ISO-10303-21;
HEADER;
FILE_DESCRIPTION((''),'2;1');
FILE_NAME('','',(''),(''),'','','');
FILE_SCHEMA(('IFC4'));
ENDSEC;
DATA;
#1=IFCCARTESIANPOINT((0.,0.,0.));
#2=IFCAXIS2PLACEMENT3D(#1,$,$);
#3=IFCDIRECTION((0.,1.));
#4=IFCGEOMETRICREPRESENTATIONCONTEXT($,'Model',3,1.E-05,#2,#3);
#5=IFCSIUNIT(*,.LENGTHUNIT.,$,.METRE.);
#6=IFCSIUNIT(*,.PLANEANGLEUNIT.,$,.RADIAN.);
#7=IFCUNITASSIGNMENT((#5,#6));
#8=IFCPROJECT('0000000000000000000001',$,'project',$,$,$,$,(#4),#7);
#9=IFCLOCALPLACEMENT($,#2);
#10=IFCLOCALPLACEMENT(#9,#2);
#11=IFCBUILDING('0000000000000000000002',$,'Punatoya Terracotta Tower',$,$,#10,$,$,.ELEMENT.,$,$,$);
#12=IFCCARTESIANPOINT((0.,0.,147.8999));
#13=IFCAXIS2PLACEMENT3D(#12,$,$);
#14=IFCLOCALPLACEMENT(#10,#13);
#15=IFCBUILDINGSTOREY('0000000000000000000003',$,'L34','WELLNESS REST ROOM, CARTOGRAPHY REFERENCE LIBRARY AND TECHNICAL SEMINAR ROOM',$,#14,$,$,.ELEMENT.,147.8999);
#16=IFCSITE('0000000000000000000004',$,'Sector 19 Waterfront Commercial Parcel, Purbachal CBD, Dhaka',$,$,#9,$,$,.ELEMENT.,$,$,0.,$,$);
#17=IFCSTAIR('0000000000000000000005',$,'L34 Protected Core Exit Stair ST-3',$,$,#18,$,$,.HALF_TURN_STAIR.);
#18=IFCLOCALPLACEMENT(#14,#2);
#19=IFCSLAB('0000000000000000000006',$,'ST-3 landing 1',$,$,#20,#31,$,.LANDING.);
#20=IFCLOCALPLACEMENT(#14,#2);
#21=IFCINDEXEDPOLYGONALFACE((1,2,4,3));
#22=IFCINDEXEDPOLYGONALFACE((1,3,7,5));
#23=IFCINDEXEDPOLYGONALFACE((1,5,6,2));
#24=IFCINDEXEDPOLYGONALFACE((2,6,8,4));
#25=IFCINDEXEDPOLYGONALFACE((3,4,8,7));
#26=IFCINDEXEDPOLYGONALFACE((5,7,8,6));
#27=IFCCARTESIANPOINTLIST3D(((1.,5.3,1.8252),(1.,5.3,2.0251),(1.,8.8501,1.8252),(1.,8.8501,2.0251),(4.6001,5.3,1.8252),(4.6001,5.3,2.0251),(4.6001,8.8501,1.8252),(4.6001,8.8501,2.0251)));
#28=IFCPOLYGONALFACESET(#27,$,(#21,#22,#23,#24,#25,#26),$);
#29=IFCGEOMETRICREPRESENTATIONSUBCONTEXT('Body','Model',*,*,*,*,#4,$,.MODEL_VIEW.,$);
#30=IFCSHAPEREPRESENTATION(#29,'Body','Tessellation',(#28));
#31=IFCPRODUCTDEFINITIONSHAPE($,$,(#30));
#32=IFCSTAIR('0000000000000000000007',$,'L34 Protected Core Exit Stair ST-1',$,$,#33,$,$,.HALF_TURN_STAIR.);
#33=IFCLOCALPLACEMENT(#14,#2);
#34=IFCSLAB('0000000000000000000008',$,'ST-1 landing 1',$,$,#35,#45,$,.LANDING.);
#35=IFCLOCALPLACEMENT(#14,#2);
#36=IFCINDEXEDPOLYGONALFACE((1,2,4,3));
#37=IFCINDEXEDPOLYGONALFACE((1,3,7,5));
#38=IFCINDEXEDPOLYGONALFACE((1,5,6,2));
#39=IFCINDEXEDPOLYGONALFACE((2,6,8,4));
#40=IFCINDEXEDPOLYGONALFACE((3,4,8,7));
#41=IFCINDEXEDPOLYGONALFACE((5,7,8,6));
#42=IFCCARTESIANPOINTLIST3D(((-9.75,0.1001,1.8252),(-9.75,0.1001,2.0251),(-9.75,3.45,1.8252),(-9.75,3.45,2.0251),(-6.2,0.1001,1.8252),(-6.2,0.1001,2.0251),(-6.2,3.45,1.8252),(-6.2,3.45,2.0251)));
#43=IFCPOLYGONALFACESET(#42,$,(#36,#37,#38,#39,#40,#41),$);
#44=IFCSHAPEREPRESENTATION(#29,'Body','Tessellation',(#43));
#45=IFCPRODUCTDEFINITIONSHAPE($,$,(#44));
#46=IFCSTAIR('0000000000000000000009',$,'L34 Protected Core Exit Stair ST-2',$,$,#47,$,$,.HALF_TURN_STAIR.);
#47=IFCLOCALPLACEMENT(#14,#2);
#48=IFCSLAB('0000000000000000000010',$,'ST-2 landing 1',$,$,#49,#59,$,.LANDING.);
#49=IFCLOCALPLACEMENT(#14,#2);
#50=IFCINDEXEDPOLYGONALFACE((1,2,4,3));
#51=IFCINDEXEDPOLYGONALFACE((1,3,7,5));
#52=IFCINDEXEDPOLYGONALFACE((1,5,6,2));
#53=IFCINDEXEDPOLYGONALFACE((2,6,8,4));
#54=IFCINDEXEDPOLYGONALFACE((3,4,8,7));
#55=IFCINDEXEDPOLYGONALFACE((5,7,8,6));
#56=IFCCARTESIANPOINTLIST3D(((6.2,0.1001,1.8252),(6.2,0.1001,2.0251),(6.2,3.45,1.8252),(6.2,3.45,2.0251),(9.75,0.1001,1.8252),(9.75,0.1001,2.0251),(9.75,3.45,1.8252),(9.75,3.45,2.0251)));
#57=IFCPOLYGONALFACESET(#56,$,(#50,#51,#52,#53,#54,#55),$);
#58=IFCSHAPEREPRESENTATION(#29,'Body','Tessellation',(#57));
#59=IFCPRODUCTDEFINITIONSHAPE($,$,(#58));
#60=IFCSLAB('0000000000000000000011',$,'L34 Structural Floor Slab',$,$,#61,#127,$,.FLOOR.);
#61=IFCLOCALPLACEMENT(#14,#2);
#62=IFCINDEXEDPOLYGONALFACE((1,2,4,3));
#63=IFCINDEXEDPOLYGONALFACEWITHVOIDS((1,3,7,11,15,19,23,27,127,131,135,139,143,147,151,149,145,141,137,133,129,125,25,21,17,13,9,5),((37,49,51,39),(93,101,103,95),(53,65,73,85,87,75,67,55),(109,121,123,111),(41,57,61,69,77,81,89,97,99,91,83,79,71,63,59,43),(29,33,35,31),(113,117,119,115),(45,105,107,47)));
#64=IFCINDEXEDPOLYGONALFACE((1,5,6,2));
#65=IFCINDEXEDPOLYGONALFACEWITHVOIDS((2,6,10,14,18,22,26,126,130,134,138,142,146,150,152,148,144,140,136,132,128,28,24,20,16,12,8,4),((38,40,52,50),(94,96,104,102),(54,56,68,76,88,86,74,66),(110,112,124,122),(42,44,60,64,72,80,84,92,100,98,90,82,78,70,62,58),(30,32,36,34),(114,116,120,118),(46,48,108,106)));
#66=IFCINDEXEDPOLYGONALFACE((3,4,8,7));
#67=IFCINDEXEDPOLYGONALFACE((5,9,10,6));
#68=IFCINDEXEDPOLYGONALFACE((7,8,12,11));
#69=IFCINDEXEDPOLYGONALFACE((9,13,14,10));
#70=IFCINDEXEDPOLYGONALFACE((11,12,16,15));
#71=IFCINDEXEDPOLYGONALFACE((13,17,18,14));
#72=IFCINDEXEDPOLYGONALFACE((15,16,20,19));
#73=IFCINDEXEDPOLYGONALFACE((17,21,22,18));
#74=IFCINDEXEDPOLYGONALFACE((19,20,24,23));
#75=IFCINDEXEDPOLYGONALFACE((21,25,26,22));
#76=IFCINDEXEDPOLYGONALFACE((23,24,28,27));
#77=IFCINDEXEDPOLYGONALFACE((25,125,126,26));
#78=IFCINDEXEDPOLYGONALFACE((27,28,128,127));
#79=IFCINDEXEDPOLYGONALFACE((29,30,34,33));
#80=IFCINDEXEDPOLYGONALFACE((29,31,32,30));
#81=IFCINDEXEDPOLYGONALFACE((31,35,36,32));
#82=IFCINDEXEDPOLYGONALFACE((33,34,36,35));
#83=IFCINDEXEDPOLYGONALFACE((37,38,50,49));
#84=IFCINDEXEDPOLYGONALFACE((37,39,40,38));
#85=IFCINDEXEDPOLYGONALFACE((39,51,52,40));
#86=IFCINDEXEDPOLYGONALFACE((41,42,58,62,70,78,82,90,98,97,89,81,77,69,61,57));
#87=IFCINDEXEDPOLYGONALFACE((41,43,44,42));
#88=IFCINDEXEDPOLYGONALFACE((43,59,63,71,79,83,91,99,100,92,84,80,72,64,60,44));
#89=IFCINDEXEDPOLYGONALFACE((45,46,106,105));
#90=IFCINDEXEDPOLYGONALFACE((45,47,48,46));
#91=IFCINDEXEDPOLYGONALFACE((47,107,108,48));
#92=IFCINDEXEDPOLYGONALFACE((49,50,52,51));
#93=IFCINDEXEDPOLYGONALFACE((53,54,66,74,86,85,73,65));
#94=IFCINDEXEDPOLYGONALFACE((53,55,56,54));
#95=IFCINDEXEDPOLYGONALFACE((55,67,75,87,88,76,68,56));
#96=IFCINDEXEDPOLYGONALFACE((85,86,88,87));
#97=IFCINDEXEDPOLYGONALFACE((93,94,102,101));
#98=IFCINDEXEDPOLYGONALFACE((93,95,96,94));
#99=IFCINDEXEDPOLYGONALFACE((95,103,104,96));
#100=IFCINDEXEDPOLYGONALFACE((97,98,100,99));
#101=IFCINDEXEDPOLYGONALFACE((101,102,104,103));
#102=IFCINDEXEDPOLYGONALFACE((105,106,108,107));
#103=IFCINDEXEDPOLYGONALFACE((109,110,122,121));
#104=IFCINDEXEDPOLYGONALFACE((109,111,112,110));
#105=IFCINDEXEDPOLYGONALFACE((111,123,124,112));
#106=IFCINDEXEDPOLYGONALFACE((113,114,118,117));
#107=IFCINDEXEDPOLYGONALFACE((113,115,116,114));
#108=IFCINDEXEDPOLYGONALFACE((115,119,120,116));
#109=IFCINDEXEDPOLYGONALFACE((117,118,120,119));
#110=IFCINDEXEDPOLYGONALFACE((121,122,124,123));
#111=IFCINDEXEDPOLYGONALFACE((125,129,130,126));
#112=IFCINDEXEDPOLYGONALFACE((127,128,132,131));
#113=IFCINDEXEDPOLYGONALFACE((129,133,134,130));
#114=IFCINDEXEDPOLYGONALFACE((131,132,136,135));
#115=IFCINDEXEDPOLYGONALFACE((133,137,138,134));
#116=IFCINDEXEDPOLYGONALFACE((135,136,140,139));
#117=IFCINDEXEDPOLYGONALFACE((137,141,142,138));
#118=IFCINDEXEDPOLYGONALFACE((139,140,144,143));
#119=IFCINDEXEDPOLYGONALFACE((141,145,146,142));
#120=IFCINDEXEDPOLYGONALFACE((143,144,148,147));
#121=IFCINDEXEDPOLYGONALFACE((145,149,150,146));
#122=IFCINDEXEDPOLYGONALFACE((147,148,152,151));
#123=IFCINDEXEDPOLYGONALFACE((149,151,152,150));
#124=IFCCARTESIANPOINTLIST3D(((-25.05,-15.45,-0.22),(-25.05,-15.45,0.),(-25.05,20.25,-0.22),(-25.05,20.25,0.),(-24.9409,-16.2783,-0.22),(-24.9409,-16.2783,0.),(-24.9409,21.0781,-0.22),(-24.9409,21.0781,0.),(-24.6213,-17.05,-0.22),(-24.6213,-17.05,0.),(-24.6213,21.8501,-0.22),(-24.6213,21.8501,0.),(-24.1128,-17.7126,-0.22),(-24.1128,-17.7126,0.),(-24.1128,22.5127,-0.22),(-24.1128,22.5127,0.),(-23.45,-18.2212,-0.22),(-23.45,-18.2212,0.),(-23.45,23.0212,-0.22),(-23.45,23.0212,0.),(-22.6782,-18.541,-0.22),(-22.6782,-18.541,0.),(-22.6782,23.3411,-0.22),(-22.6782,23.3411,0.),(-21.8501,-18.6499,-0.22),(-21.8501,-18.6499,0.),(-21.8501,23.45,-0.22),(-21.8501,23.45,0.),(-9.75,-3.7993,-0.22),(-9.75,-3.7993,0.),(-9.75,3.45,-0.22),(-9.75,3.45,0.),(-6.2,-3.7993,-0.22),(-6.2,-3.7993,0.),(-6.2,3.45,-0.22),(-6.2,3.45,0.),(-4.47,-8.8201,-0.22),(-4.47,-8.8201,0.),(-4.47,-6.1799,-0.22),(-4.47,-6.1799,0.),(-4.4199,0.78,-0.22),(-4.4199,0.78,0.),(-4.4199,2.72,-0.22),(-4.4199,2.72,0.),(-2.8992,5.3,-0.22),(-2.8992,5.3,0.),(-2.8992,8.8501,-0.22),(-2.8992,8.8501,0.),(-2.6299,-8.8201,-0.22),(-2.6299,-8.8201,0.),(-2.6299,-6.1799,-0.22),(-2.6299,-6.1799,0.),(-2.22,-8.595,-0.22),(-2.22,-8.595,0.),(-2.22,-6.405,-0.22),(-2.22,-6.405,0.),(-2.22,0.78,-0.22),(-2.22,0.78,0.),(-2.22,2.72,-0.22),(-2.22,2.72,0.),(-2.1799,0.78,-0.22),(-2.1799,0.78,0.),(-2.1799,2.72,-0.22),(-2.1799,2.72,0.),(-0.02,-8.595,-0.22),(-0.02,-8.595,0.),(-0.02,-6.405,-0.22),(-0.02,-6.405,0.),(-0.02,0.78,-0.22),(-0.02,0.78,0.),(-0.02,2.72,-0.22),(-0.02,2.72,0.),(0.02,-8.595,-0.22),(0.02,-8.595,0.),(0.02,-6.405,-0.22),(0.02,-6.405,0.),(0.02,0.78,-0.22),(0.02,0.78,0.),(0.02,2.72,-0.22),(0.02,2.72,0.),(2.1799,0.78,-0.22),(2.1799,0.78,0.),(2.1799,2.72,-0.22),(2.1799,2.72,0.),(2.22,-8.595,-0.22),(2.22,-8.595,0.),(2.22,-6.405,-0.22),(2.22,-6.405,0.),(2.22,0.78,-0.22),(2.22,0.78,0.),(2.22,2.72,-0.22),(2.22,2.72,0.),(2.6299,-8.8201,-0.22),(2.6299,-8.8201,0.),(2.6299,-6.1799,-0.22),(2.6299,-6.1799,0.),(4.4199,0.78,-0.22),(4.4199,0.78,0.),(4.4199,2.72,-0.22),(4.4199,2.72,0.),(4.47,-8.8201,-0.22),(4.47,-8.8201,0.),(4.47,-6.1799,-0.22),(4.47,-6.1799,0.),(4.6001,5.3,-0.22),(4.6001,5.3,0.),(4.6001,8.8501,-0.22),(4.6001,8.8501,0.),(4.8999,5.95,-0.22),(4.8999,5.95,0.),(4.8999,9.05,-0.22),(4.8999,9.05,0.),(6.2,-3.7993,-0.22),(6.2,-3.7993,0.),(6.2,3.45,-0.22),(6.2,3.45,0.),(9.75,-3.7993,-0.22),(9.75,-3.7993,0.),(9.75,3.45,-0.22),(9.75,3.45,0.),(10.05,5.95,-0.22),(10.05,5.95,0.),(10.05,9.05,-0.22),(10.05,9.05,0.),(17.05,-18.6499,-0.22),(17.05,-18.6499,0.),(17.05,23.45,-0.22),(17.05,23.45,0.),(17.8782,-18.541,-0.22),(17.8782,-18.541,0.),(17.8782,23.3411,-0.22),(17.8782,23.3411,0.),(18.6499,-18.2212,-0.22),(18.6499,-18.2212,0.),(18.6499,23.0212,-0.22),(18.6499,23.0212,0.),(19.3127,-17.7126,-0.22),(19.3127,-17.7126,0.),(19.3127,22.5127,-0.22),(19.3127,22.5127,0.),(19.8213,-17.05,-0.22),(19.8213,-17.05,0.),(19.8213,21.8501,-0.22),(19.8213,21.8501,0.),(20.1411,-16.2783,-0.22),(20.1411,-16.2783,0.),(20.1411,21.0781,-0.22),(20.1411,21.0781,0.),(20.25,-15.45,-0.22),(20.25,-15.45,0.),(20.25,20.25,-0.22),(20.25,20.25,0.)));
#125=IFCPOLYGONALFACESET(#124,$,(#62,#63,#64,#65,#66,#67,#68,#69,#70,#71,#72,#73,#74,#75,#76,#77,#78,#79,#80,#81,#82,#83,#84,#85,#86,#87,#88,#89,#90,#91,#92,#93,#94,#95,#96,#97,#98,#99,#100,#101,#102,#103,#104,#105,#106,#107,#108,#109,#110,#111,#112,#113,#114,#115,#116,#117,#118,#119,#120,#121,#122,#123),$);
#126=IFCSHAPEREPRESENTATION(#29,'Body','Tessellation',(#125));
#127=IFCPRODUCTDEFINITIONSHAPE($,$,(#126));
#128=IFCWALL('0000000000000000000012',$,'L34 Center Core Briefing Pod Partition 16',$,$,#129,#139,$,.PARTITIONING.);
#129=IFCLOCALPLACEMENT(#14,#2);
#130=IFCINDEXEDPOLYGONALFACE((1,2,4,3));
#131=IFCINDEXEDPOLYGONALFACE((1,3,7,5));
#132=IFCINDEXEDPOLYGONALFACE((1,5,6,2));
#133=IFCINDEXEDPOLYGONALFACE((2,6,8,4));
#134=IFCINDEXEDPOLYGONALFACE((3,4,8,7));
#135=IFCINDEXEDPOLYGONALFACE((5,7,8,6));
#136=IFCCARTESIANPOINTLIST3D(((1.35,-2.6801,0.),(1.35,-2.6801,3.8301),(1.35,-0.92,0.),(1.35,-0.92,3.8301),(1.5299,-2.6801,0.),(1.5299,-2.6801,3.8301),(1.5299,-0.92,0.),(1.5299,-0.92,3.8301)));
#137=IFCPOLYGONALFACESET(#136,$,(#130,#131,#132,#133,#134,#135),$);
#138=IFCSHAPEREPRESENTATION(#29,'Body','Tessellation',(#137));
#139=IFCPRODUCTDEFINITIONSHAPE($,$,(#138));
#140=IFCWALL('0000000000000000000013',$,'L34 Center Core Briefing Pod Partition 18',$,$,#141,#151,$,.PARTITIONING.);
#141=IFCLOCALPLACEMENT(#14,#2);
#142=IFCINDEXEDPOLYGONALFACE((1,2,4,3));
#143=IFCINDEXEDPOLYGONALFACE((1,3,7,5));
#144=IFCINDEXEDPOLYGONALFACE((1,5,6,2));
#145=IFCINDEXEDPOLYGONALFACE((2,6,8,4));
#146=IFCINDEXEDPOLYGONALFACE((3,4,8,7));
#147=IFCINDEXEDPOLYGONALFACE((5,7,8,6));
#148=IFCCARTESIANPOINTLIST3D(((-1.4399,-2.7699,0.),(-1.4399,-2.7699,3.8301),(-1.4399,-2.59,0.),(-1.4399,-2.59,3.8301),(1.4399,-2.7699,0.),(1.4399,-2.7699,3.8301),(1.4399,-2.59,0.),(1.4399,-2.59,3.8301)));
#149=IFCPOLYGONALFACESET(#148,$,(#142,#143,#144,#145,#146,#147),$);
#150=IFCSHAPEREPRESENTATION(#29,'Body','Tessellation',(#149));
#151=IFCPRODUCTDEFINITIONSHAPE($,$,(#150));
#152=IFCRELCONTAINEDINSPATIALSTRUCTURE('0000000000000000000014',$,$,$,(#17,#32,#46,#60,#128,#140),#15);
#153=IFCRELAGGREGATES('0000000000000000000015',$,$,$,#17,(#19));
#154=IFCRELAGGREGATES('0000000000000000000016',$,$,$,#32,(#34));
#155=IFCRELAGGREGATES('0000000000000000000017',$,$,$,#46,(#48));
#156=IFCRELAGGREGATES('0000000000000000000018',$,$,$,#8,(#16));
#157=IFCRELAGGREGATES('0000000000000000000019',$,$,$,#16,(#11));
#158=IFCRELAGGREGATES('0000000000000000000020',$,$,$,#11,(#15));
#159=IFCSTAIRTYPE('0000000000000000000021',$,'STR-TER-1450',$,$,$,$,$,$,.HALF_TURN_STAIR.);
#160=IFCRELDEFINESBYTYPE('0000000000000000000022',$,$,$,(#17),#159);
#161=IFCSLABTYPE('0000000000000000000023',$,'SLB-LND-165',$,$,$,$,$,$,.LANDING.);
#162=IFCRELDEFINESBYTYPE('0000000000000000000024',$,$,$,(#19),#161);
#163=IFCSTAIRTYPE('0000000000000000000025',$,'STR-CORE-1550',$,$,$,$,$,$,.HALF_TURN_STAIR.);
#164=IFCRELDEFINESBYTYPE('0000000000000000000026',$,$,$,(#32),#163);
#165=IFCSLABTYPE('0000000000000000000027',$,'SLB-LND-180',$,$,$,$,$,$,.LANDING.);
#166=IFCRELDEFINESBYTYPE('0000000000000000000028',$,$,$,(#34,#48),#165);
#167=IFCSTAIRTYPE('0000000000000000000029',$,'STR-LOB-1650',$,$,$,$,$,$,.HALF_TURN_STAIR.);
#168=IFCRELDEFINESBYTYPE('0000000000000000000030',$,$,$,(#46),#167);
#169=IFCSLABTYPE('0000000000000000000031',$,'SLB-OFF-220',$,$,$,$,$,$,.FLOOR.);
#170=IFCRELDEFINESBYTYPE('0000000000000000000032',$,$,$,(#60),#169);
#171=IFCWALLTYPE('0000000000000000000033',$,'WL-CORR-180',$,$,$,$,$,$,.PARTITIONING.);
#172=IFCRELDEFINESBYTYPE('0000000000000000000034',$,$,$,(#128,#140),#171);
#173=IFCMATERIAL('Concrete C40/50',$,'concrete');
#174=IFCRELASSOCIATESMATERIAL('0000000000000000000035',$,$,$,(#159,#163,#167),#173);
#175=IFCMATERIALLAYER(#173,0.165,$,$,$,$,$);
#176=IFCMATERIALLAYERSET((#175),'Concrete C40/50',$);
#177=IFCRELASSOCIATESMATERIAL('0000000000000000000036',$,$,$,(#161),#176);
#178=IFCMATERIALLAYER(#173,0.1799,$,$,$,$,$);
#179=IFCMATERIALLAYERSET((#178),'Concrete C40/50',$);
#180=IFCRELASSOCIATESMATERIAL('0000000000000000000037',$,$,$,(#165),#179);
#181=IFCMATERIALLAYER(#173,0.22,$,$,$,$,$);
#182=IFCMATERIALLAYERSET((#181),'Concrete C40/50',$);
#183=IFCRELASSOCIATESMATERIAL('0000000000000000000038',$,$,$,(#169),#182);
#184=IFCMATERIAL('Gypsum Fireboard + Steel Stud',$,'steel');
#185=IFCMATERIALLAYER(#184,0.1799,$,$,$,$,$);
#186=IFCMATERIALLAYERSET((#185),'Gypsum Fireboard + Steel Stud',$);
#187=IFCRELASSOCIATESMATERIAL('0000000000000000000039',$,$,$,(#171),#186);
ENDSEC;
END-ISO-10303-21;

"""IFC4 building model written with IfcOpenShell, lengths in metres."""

from ifc_helpers import new_model, si_unit, direction, frame, frame_2d, origin, place, context, subcontext, project, spatial, polyline, rectangle, outline, extrude, material, layer, layer_set, type_object, element, aggregate, save


model = new_model("IFC4")

# Units and contexts
model_context = context("Model", 3, precision=1e-05, world=origin(), true_north=direction((0.0, 1.0)))
body_context = subcontext(model_context, "Body", "Model", "MODEL_VIEW")
ifc_project = project(units=[si_unit("LENGTHUNIT", "METRE"), si_unit("PLANEANGLEUNIT", "RADIAN")], contexts=[model_context])

# Site, building, storey
site_placement = place(None, origin())
site = spatial("IfcSite", under=ifc_project, at=site_placement, Name="Sector 19 Waterfront Commercial Parcel, Purbachal CBD, Dhaka", CompositionType="ELEMENT", RefElevation=0.0)
building_placement = place(site_placement, origin())
building = spatial("IfcBuilding", under=site, at=building_placement, Name="Punatoya Terracotta Tower", CompositionType="ELEMENT")
storey_placement = place(building_placement, frame((0.0, 0.0, 147.8999)))
storey = spatial("IfcBuildingStorey", under=building, at=storey_placement, Name="L34", Description="WELLNESS REST ROOM, CARTOGRAPHY REFERENCE LIBRARY AND TECHNICAL SEMINAR ROOM", CompositionType="ELEMENT", Elevation=147.8999)

# Stairs, slabs
ifc_material_1 = material(Name="Concrete C40/50", Category="concrete")
stair_type_1 = type_object("IfcStairType", Name="STR-TER-1450", PredefinedType="HALF_TURN_STAIR", material=ifc_material_1)
stair_1_placement = place(storey_placement, origin())
stair_1 = element("IfcStair", 1, at=stair_1_placement, inside=storey, type_object=stair_type_1, Name="L34 Protected Core Exit Stair ST-3", PredefinedType="HALF_TURN_STAIR")
ifc_layer_1 = layer(ifc_material_1, 0.165)
ifc_layer_set_1 = layer_set([ifc_layer_1], Name="Concrete C40/50")
slab_type_1 = type_object("IfcSlabType", Name="SLB-LND-165", PredefinedType="LANDING", material=ifc_layer_set_1)
slab_1_placement = place(storey_placement, frame((0.0, 0.0, 1.8252)))
slab_1 = element("IfcSlab", 2, at=slab_1_placement, type_object=slab_type_1, Name="ST-3 landing 1", PredefinedType="LANDING", context=body_context, shape_type="SweptSolid", body=[
    extrude(outline(polyline([(1.0, 5.3), (4.6001, 5.3), (4.6001, 8.8501), (1.0, 8.8501), (1.0, 5.3)])), origin(), (0.0, 0.0, 1.0), 0.2),
])
aggregate(stair_1, [slab_1])
stair_type_2 = type_object("IfcStairType", Name="STR-CORE-1550", PredefinedType="HALF_TURN_STAIR", material=ifc_material_1)
stair_2_placement = place(storey_placement, origin())
stair_2 = element("IfcStair", 3, at=stair_2_placement, inside=storey, type_object=stair_type_2, Name="L34 Protected Core Exit Stair ST-1", PredefinedType="HALF_TURN_STAIR")
ifc_layer_2 = layer(ifc_material_1, 0.1799)
ifc_layer_set_2 = layer_set([ifc_layer_2], Name="Concrete C40/50")
slab_type_2 = type_object("IfcSlabType", Name="SLB-LND-180", PredefinedType="LANDING", material=ifc_layer_set_2)
slab_2_placement = place(storey_placement, frame((0.0, 0.0, 1.8252)))
slab_2 = element("IfcSlab", 4, at=slab_2_placement, type_object=slab_type_2, Name="ST-1 landing 1", PredefinedType="LANDING", context=body_context, shape_type="SweptSolid", body=[
    extrude(outline(polyline([(-6.2, 0.1001), (-6.2, 3.45), (-9.75, 3.45), (-9.75, 0.1001), (-6.2, 0.1001)])), origin(), (0.0, 0.0, 1.0), 0.2),
])
aggregate(stair_2, [slab_2])
stair_type_3 = type_object("IfcStairType", Name="STR-LOB-1650", PredefinedType="HALF_TURN_STAIR", material=ifc_material_1)
stair_3_placement = place(storey_placement, origin())
stair_3 = element("IfcStair", 5, at=stair_3_placement, inside=storey, type_object=stair_type_3, Name="L34 Protected Core Exit Stair ST-2", PredefinedType="HALF_TURN_STAIR")
slab_3_placement = place(storey_placement, frame((0.0, 0.0, 1.8252)))
slab_3 = element("IfcSlab", 6, at=slab_3_placement, type_object=slab_type_2, Name="ST-2 landing 1", PredefinedType="LANDING", context=body_context, shape_type="SweptSolid", body=[
    extrude(outline(polyline([(9.75, 0.1001), (9.75, 3.45), (6.2, 3.45), (6.2, 0.1001), (9.75, 0.1001)])), origin(), (0.0, 0.0, 1.0), 0.2),
])
aggregate(stair_3, [slab_3])

# Slab
ifc_layer_3 = layer(ifc_material_1, 0.22)
ifc_layer_set_3 = layer_set([ifc_layer_3], Name="Concrete C40/50")
slab_type_3 = type_object("IfcSlabType", Name="SLB-OFF-220", PredefinedType="FLOOR", material=ifc_layer_set_3)
slab_4_placement = place(storey_placement, frame((0.0, 0.0, -0.22)))
element("IfcSlab", 7, at=slab_4_placement, inside=storey, type_object=slab_type_3, Name="L34 Structural Floor Slab", PredefinedType="FLOOR", context=body_context, shape_type="SweptSolid", body=[
    extrude(outline(polyline([(-21.8501, -18.6499), (-22.6782, -18.541), (-23.45, -18.2212), (-24.1128, -17.7126), (-24.6213, -17.05), (-24.9409, -16.2783), (-25.05, -15.45), (-25.05, 20.25), (-24.9409, 21.0781), (-24.6213, 21.8501), (-24.1128, 22.5127), (-23.45, 23.0212), (-22.6782, 23.3411), (-21.8501, 23.45), (17.05, 23.45), (17.8782, 23.3411), (18.6499, 23.0212), (19.3127, 22.5127), (19.8213, 21.8501), (20.1411, 21.0781), (20.25, 20.25), (20.25, -15.45), (20.1411, -16.2783), (19.8213, -17.05), (19.3127, -17.7126), (18.6499, -18.2212), (17.8782, -18.541), (17.05, -18.6499), (-21.8501, -18.6499)]), holes=[polyline([(-2.6299, -6.1799), (-4.47, -6.1799), (-4.47, -8.8201), (-2.6299, -8.8201), (-2.6299, -6.1799)]), polyline([(0.02, -8.595), (2.22, -8.595), (2.22, -6.405), (0.02, -6.405), (-0.02, -6.405), (-2.22, -6.405), (-2.22, -8.595), (-0.02, -8.595), (0.02, -8.595)]), polyline([(-6.2, 3.45), (-9.75, 3.45), (-9.75, -3.7993), (-6.2, -3.7993), (-6.2, 3.45)]), polyline([(-4.4199, 2.72), (-4.4199, 0.78), (-2.22, 0.78), (-2.1799, 0.78), (-0.02, 0.78), (0.02, 0.78), (2.1799, 0.78), (2.22, 0.78), (4.4199, 0.78), (4.4199, 2.72), (2.22, 2.72), (2.1799, 2.72), (0.02, 2.72), (-0.02, 2.72), (-2.1799, 2.72), (-2.22, 2.72), (-4.4199, 2.72)]), polyline([(4.6001, 5.3), (4.6001, 8.8501), (-2.8992, 8.8501), (-2.8992, 5.3), (4.6001, 5.3)]), polyline([(4.47, -8.8201), (4.47, -6.1799), (2.6299, -6.1799), (2.6299, -8.8201), (4.47, -8.8201)]), polyline([(9.75, 3.45), (6.2, 3.45), (6.2, -3.7993), (9.75, -3.7993), (9.75, 3.45)]), polyline([(10.05, 5.95), (10.05, 9.05), (4.8999, 9.05), (4.8999, 5.95), (10.05, 5.95)])]), origin(), (0.0, 0.0, 1.0), 0.22),
])

# Walls
ifc_material_2 = material(Name="Gypsum Fireboard + Steel Stud", Category="steel")
ifc_layer_4 = layer(ifc_material_2, 0.1799)
ifc_layer_set_4 = layer_set([ifc_layer_4], Name="Gypsum Fireboard + Steel Stud")
wall_type_1 = type_object("IfcWallType", Name="WL-CORR-180", PredefinedType="PARTITIONING", material=ifc_layer_set_4)
wall_1_placement = place(storey_placement, frame((1.4399, -2.6799, 0.0), z_axis=(0.0, 0.0, 1.0), x_axis=(0.0, 1.0, 0.0)))
element("IfcWall", 8, at=wall_1_placement, inside=storey, type_object=wall_type_1, Name="L34 Center Core Briefing Pod Partition 16", PredefinedType="PARTITIONING", context=body_context, shape_type="SweptSolid", body=[
    extrude(rectangle(XDim=1.76, YDim=0.1799, at=frame_2d((0.8799, 0.0))), origin(), (0.0, 0.0, 1.0), 3.8301),
])
wall_2_placement = place(storey_placement, frame((-1.4399, -2.6799, 0.0), z_axis=(0.0, 0.0, 1.0), x_axis=(1.0, 0.0, 0.0)))
element("IfcWall", 9, at=wall_2_placement, inside=storey, type_object=wall_type_1, Name="L34 Center Core Briefing Pod Partition 18", PredefinedType="PARTITIONING", context=body_context, shape_type="SweptSolid", body=[
    extrude(rectangle(XDim=2.8799, YDim=0.1799, at=frame_2d((1.4399, 0.0))), origin(), (0.0, 0.0, 1.0), 3.8301),
])

save(model, "model.ifc")
